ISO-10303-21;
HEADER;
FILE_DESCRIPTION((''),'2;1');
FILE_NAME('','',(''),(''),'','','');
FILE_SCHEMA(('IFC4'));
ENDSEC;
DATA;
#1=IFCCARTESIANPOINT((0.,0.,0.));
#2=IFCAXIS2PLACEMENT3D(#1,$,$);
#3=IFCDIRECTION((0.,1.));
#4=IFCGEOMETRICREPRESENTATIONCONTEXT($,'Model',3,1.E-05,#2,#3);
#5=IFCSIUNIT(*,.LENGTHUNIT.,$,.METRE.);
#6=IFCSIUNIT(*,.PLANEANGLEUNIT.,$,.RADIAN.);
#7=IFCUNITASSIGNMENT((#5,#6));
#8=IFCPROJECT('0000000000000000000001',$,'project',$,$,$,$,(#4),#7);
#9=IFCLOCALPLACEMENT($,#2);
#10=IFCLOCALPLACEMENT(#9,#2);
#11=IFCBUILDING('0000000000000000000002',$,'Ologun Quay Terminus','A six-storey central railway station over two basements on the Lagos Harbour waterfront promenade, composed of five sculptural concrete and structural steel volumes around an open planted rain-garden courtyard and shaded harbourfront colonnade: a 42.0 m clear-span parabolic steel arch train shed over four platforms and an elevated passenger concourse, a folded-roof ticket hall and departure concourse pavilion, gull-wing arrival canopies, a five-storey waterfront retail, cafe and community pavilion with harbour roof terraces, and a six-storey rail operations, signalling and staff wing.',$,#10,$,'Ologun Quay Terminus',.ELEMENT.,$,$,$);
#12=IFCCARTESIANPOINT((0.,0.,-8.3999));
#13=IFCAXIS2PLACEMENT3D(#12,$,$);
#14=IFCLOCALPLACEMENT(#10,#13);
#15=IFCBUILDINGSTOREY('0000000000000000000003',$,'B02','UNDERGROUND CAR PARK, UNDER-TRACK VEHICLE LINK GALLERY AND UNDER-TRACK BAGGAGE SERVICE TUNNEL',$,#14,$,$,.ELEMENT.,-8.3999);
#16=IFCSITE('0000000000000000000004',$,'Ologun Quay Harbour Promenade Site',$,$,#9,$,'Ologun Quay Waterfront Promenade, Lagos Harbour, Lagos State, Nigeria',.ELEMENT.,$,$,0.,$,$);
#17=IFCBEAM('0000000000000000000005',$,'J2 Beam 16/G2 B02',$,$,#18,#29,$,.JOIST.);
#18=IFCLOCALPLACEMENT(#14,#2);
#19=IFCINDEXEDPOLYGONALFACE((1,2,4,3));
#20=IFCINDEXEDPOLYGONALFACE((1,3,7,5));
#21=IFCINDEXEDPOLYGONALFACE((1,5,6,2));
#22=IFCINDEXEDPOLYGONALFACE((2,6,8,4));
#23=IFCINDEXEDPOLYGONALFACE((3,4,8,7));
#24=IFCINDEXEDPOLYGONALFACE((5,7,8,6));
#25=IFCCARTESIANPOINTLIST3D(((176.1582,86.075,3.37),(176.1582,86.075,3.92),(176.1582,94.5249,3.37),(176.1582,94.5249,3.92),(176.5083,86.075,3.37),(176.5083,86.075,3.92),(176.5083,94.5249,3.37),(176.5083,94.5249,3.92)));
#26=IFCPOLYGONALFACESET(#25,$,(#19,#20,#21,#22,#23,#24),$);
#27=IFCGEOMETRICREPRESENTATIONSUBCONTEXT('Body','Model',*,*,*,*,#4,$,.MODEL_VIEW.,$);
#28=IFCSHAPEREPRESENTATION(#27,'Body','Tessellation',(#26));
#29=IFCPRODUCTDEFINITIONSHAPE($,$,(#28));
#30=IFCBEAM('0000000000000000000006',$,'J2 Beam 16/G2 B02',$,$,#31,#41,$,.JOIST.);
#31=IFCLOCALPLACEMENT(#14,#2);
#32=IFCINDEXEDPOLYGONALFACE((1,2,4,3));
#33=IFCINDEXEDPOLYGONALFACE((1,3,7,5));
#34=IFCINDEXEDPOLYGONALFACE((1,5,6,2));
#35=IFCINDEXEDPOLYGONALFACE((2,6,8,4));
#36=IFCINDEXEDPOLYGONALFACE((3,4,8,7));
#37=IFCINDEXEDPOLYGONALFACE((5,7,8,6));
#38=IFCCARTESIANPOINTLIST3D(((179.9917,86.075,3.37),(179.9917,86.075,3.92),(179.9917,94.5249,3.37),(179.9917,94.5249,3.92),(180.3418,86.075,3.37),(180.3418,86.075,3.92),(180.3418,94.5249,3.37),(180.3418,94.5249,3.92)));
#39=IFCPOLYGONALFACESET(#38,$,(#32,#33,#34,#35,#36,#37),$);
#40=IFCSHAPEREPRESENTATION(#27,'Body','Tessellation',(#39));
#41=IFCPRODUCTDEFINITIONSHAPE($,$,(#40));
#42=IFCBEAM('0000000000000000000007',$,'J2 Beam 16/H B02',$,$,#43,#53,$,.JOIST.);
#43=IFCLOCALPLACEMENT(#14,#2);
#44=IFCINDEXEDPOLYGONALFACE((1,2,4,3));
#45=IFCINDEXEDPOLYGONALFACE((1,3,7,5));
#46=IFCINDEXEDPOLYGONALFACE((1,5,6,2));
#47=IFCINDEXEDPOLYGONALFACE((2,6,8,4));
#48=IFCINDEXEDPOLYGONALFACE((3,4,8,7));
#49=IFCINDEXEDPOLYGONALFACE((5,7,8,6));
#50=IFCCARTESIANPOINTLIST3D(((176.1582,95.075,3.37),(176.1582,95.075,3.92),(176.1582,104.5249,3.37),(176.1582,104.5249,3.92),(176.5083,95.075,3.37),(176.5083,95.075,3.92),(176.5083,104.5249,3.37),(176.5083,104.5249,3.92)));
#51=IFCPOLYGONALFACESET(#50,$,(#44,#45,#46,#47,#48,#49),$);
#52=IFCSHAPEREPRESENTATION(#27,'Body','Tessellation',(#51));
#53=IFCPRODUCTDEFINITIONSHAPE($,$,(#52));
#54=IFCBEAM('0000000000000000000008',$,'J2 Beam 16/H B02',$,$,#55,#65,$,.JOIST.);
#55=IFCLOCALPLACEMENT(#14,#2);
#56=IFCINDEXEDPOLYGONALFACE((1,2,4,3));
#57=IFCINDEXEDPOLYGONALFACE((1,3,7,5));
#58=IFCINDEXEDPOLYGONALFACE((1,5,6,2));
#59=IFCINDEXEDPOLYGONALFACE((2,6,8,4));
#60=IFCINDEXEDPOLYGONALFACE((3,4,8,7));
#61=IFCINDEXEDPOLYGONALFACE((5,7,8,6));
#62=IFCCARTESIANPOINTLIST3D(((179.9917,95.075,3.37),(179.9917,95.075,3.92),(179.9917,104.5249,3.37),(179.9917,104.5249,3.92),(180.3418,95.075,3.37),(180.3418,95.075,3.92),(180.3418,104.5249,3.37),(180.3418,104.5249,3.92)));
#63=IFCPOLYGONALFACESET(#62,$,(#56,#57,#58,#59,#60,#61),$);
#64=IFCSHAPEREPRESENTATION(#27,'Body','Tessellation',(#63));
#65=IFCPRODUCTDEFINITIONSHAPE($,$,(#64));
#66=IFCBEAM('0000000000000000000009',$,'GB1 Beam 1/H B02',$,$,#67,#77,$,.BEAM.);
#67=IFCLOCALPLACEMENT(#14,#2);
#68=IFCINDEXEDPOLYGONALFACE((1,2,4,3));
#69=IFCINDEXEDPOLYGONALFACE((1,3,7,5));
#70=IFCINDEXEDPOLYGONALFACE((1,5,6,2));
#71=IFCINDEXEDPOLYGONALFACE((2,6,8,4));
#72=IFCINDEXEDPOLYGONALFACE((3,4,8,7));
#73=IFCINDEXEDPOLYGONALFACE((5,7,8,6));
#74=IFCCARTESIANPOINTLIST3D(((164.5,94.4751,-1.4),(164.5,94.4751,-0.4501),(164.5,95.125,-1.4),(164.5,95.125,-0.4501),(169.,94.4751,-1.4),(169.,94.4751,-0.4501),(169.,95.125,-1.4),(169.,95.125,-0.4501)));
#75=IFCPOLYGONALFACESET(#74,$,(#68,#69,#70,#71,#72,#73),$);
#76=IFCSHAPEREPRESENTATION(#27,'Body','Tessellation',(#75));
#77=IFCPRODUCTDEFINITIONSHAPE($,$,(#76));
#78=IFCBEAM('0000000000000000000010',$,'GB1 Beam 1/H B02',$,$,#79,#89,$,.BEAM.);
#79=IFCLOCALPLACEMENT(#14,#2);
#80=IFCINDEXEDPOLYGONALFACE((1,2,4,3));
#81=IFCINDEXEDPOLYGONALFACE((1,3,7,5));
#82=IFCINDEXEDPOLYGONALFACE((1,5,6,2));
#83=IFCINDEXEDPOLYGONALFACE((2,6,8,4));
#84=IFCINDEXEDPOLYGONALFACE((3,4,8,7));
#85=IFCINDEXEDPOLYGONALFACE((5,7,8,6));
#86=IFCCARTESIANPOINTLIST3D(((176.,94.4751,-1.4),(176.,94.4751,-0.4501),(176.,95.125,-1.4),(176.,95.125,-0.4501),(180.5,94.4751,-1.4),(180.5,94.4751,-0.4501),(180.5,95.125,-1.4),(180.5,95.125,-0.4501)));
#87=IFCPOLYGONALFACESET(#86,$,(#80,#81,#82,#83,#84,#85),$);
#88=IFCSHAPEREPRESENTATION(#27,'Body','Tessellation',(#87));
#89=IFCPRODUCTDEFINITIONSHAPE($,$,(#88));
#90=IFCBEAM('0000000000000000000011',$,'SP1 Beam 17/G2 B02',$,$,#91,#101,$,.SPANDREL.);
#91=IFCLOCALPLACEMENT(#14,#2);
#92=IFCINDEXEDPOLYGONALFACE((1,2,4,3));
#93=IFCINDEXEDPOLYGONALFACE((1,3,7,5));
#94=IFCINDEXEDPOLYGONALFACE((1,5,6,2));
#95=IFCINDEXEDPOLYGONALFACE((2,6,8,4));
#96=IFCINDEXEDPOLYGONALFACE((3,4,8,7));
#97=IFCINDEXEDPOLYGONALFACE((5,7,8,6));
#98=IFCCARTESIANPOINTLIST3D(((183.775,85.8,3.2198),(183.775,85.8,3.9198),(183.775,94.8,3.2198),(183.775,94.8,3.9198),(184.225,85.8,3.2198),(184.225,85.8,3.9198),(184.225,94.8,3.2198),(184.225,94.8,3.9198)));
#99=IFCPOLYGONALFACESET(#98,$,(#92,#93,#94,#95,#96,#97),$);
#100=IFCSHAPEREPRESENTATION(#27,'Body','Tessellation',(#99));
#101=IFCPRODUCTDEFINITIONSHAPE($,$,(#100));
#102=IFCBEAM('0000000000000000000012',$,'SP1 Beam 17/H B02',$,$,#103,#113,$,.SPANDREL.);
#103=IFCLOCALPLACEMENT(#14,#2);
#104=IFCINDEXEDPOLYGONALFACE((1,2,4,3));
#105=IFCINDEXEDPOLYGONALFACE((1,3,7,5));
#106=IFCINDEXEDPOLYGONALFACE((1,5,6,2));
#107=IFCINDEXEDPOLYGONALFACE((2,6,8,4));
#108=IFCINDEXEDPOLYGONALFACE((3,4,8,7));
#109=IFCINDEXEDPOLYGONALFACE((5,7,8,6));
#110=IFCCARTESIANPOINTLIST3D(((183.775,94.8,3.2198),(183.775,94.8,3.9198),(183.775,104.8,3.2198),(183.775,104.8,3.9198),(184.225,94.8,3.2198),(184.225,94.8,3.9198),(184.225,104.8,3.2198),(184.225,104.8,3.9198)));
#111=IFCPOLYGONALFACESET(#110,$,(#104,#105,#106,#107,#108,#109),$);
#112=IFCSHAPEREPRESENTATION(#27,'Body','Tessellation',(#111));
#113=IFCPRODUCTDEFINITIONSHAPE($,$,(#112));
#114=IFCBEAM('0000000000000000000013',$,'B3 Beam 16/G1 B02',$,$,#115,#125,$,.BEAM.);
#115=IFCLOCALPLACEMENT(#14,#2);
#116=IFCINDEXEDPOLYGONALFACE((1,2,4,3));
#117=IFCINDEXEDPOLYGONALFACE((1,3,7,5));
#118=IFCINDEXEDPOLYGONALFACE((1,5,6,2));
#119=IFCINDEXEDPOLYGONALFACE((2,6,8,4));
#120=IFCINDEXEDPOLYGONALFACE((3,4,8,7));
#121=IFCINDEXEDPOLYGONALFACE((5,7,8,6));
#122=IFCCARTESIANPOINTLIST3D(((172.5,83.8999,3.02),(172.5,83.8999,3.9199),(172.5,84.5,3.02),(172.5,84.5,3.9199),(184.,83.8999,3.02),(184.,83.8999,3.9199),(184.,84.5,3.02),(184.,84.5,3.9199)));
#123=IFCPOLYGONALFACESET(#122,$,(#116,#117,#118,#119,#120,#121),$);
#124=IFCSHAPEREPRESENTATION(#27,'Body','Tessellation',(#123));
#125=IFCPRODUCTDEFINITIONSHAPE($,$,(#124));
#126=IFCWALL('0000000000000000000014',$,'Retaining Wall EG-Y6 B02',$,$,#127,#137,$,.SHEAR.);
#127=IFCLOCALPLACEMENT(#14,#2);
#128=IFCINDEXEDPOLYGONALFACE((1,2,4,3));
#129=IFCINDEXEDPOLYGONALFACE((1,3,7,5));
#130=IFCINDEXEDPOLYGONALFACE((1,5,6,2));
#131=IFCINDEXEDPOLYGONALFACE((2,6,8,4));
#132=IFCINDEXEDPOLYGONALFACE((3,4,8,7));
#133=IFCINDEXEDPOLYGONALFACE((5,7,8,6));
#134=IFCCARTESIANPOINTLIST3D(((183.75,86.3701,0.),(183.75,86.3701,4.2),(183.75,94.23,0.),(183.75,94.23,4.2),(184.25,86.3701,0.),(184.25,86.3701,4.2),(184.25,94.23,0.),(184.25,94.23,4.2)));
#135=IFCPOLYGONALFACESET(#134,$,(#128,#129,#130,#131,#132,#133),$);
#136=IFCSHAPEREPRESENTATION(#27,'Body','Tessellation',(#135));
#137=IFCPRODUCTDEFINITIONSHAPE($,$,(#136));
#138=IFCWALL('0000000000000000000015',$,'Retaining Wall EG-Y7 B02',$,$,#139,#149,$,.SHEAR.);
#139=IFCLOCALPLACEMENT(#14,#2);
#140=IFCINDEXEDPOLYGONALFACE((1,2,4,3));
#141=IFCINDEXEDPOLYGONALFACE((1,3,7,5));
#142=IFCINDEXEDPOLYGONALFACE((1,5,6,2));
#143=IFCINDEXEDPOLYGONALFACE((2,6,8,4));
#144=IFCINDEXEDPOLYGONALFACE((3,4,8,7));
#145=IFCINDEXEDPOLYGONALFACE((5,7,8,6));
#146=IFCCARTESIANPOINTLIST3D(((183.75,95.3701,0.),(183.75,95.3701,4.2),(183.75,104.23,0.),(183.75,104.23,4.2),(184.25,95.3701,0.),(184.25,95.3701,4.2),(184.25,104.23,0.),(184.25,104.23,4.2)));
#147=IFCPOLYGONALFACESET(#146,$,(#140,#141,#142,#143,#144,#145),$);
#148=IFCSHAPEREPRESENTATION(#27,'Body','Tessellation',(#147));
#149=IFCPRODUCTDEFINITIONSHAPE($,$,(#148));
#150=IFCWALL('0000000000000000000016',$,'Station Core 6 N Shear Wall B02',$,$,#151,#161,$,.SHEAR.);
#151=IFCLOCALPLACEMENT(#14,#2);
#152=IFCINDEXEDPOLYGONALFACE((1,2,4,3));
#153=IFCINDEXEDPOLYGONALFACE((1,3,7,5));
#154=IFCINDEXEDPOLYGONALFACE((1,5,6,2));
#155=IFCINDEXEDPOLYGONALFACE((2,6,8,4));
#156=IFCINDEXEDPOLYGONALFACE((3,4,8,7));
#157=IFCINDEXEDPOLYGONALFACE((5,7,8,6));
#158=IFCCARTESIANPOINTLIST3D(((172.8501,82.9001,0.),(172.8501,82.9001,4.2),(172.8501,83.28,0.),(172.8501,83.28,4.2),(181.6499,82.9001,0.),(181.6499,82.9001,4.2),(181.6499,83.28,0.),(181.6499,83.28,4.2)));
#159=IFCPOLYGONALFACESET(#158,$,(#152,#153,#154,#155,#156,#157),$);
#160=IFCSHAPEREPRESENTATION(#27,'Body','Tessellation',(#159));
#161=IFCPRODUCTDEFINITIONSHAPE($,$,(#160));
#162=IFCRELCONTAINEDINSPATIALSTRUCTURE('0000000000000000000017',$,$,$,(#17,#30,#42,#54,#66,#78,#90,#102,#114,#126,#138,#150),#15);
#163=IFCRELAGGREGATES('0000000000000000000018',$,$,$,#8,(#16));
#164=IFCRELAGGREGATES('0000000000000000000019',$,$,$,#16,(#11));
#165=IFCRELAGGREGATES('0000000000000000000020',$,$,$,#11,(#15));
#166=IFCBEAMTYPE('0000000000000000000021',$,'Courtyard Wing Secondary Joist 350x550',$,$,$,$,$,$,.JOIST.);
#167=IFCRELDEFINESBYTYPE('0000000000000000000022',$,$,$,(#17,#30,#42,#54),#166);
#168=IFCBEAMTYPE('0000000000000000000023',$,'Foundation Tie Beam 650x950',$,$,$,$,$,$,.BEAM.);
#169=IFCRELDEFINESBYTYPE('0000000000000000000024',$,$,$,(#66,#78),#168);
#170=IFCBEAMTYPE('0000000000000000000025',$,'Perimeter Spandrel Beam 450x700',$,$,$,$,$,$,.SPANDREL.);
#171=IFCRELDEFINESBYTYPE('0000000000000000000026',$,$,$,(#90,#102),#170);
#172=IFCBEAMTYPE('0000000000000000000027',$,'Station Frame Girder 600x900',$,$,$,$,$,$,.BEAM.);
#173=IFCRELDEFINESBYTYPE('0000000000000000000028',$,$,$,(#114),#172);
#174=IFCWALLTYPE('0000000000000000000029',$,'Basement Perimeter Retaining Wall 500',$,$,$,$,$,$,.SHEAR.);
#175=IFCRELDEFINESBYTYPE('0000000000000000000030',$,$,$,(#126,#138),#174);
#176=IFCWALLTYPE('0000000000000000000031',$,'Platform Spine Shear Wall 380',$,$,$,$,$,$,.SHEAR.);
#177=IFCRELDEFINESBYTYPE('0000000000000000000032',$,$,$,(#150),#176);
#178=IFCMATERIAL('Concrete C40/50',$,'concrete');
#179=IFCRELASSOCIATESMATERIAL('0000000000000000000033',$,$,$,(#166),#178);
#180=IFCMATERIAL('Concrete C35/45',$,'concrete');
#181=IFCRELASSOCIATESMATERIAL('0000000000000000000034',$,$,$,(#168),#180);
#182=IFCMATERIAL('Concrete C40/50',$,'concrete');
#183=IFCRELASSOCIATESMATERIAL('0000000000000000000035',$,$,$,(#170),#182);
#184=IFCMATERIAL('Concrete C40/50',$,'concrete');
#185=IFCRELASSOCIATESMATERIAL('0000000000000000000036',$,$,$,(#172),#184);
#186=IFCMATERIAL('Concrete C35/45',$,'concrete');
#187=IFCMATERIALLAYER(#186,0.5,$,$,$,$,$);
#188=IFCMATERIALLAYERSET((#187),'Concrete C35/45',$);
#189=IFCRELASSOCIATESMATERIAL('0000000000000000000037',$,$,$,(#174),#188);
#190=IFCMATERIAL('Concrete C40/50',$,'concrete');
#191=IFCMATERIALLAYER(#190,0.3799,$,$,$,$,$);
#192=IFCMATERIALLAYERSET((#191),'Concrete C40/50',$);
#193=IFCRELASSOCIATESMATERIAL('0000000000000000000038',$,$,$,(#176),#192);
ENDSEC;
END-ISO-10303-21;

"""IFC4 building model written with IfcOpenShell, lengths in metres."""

from ifc_helpers import new_model, si_unit, direction, frame, frame_2d, origin, origin_2d, place, context, subcontext, project, spatial, rectangle, extrude, material, layer, layer_set, material_profile, profile_set, type_object, element, save


model = new_model("IFC4")

# Units and contexts
model_context = context("Model", 3, precision=1e-05, world=origin(), true_north=direction((0.0, 1.0)))
body_context = subcontext(model_context, "Body", "Model", "MODEL_VIEW")
ifc_project = project(units=[si_unit("LENGTHUNIT", "METRE"), si_unit("PLANEANGLEUNIT", "RADIAN")], contexts=[model_context])

# Site, building, storey
site_placement = place(None, origin())
site = spatial("IfcSite", under=ifc_project, at=site_placement, Name="Ologun Quay Harbour Promenade Site", LongName="Ologun Quay Waterfront Promenade, Lagos Harbour, Lagos State, Nigeria", CompositionType="ELEMENT", RefElevation=0.0)
building_placement = place(site_placement, origin())
building = spatial("IfcBuilding", under=site, at=building_placement, Name="Ologun Quay Terminus", Description="A six-storey central railway station over two basements on the Lagos Harbour waterfront promenade, composed of five sculptural concrete and structural steel volumes around an open planted rain-garden courtyard and shaded harbourfront colonnade: a 42.0 m clear-span parabolic steel arch train shed over four platforms and an elevated passenger concourse, a folded-roof ticket hall and departure concourse pavilion, gull-wing arrival canopies, a five-storey waterfront retail, cafe and community pavilion with harbour roof terraces, and a six-storey rail operations, signalling and staff wing.", LongName="Ologun Quay Terminus", CompositionType="ELEMENT")
storey_placement = place(building_placement, frame((0.0, 0.0, -8.3999)))
storey = spatial("IfcBuildingStorey", under=building, at=storey_placement, Name="B02", Description="UNDERGROUND CAR PARK, UNDER-TRACK VEHICLE LINK GALLERY AND UNDER-TRACK BAGGAGE SERVICE TUNNEL", CompositionType="ELEMENT", Elevation=-8.3999)

# Beams
ifc_material_1 = material(Name="Concrete C40/50", Category="concrete")
ifc_material_profile_1 = material_profile(ifc_material_1, rectangle(XDim=0.3501, YDim=0.55, at=origin_2d()), Name="RC 350x550")
ifc_profile_set_1 = profile_set([ifc_material_profile_1], Name="Concrete C40/50")
beam_type_1 = type_object("IfcBeamType", Name="Courtyard Wing Secondary Joist 350x550", PredefinedType="JOIST", material=ifc_profile_set_1)
for number, where, z_axis, x_axis, name in (
    (1, (176.3333, 86.075, 3.645), (0.0, 1.0, 0.0), (-1.0, 0.0, 0.0), "J2 Beam 16/G2 B02"),
    (2, (180.1667, 86.075, 3.645), (0.0, 1.0, 0.0), (-1.0, 0.0, 0.0), "J2 Beam 16/G2 B02"),
):
    element("IfcBeam", number, at=place(storey_placement, frame(where, z_axis=z_axis, x_axis=x_axis)), inside=storey, type_object=beam_type_1, Name=name, PredefinedType="JOIST", context=body_context, shape_type="SweptSolid", body=[
        extrude(rectangle(XDim=0.3501, YDim=0.55, at=origin_2d()), origin(), (0.0, 0.0, 1.0), 8.45),
    ])
for number, where, z_axis, x_axis, name in (
    (3, (176.3333, 95.075, 3.645), (0.0, 1.0, 0.0), (-1.0, 0.0, 0.0), "J2 Beam 16/H B02"),
    (4, (180.1667, 95.075, 3.645), (0.0, 1.0, 0.0), (-1.0, 0.0, 0.0), "J2 Beam 16/H B02"),
):
    element("IfcBeam", number, at=place(storey_placement, frame(where, z_axis=z_axis, x_axis=x_axis)), inside=storey, type_object=beam_type_1, Name=name, PredefinedType="JOIST", context=body_context, shape_type="SweptSolid", body=[
        extrude(rectangle(XDim=0.3501, YDim=0.55, at=origin_2d()), origin(), (0.0, 0.0, 1.0), 9.45),
    ])
ifc_material_2 = material(Name="Concrete C35/45", Category="concrete")
ifc_material_profile_2 = material_profile(ifc_material_2, rectangle(XDim=0.6499, YDim=0.95, at=origin_2d()), Name="RC 650x950")
ifc_profile_set_2 = profile_set([ifc_material_profile_2], Name="Concrete C35/45")
beam_type_2 = type_object("IfcBeamType", Name="Foundation Tie Beam 650x950", PredefinedType="BEAM", material=ifc_profile_set_2)
for number, where, z_axis, x_axis, name in (
    (5, (164.5, 94.8, -0.925), (1.0, 0.0, 0.0), (0.0, 1.0, 0.0), "GB1 Beam 1/H B02"),
    (6, (176.0, 94.8, -0.925), (1.0, 0.0, 0.0), (0.0, 1.0, 0.0), "GB1 Beam 1/H B02"),
):
    element("IfcBeam", number, at=place(storey_placement, frame(where, z_axis=z_axis, x_axis=x_axis)), inside=storey, type_object=beam_type_2, Name=name, PredefinedType="BEAM", context=body_context, shape_type="SweptSolid", body=[
        extrude(rectangle(XDim=0.6499, YDim=0.95, at=origin_2d()), origin(), (0.0, 0.0, 1.0), 4.5),
    ])
ifc_material_3 = material(Name="Concrete C40/50", Category="concrete")
ifc_material_profile_3 = material_profile(ifc_material_3, rectangle(XDim=0.45, YDim=0.7, at=origin_2d()), Name="RC 450x700")
ifc_profile_set_3 = profile_set([ifc_material_profile_3], Name="Concrete C40/50")
beam_type_3 = type_object("IfcBeamType", Name="Perimeter Spandrel Beam 450x700", PredefinedType="SPANDREL", material=ifc_profile_set_3)
beam_1_placement = place(storey_placement, frame((184.0, 85.8, 3.5698), z_axis=(0.0, 1.0, 0.0), x_axis=(-1.0, 0.0, 0.0)))
element("IfcBeam", 7, at=beam_1_placement, inside=storey, type_object=beam_type_3, Name="SP1 Beam 17/G2 B02", PredefinedType="SPANDREL", context=body_context, shape_type="SweptSolid", body=[
    extrude(rectangle(XDim=0.45, YDim=0.7, at=origin_2d()), origin(), (0.0, 0.0, 1.0), 9.0),
])
beam_2_placement = place(storey_placement, frame((184.0, 94.8, 3.5698), z_axis=(0.0, 1.0, 0.0), x_axis=(-1.0, 0.0, 0.0)))
element("IfcBeam", 8, at=beam_2_placement, inside=storey, type_object=beam_type_3, Name="SP1 Beam 17/H B02", PredefinedType="SPANDREL", context=body_context, shape_type="SweptSolid", body=[
    extrude(rectangle(XDim=0.45, YDim=0.7, at=origin_2d()), origin(), (0.0, 0.0, 1.0), 10.0),
])
ifc_material_4 = material(Name="Concrete C40/50", Category="concrete")
ifc_material_profile_4 = material_profile(ifc_material_4, rectangle(XDim=0.6001, YDim=0.8999, at=origin_2d()), Name="RC 600x900")
ifc_profile_set_4 = profile_set([ifc_material_profile_4], Name="Concrete C40/50")
beam_type_4 = type_object("IfcBeamType", Name="Station Frame Girder 600x900", PredefinedType="BEAM", material=ifc_profile_set_4)
beam_3_placement = place(storey_placement, frame((172.5, 84.2, 3.47), z_axis=(1.0, 0.0, 0.0), x_axis=(0.0, 1.0, 0.0)))
element("IfcBeam", 9, at=beam_3_placement, inside=storey, type_object=beam_type_4, Name="B3 Beam 16/G1 B02", PredefinedType="BEAM", context=body_context, shape_type="SweptSolid", body=[
    extrude(rectangle(XDim=0.6001, YDim=0.8999, at=origin_2d()), origin(), (0.0, 0.0, 1.0), 11.5),
])

# Walls
ifc_material_5 = material(Name="Concrete C35/45", Category="concrete")
ifc_layer_1 = layer(ifc_material_5, 0.5)
ifc_layer_set_1 = layer_set([ifc_layer_1], Name="Concrete C35/45")
wall_type_1 = type_object("IfcWallType", Name="Basement Perimeter Retaining Wall 500", PredefinedType="SHEAR", material=ifc_layer_set_1)
wall_1_placement = place(storey_placement, frame((184.0, 86.3701, 0.0), z_axis=(0.0, 0.0, 1.0), x_axis=(0.0, 1.0, 0.0)))
element("IfcWall", 10, at=wall_1_placement, inside=storey, type_object=wall_type_1, Name="Retaining Wall EG-Y6 B02", PredefinedType="SHEAR", context=body_context, shape_type="SweptSolid", body=[
    extrude(rectangle(XDim=7.8599, YDim=0.5, at=frame_2d((3.9299, 0.0))), origin(), (0.0, 0.0, 1.0), 4.2),
])
wall_2_placement = place(storey_placement, frame((184.0, 95.3701, 0.0), z_axis=(0.0, 0.0, 1.0), x_axis=(0.0, 1.0, 0.0)))
element("IfcWall", 11, at=wall_2_placement, inside=storey, type_object=wall_type_1, Name="Retaining Wall EG-Y7 B02", PredefinedType="SHEAR", context=body_context, shape_type="SweptSolid", body=[
    extrude(rectangle(XDim=8.8599, YDim=0.5, at=frame_2d((4.4299, 0.0))), origin(), (0.0, 0.0, 1.0), 4.2),
])
ifc_material_6 = material(Name="Concrete C40/50", Category="concrete")
ifc_layer_2 = layer(ifc_material_6, 0.3799)
ifc_layer_set_2 = layer_set([ifc_layer_2], Name="Concrete C40/50")
wall_type_2 = type_object("IfcWallType", Name="Platform Spine Shear Wall 380", PredefinedType="SHEAR", material=ifc_layer_set_2)
wall_3_placement = place(storey_placement, frame((172.8501, 83.0901, 0.0), z_axis=(0.0, 0.0, 1.0), x_axis=(1.0, 0.0, 0.0)))
element("IfcWall", 12, at=wall_3_placement, inside=storey, type_object=wall_type_2, Name="Station Core 6 N Shear Wall B02", PredefinedType="SHEAR", context=body_context, shape_type="SweptSolid", body=[
    extrude(rectangle(XDim=8.7998, YDim=0.3799, at=frame_2d((4.3999, 0.0))), origin(), (0.0, 0.0, 1.0), 4.2),
])

save(model, "model.ifc")
